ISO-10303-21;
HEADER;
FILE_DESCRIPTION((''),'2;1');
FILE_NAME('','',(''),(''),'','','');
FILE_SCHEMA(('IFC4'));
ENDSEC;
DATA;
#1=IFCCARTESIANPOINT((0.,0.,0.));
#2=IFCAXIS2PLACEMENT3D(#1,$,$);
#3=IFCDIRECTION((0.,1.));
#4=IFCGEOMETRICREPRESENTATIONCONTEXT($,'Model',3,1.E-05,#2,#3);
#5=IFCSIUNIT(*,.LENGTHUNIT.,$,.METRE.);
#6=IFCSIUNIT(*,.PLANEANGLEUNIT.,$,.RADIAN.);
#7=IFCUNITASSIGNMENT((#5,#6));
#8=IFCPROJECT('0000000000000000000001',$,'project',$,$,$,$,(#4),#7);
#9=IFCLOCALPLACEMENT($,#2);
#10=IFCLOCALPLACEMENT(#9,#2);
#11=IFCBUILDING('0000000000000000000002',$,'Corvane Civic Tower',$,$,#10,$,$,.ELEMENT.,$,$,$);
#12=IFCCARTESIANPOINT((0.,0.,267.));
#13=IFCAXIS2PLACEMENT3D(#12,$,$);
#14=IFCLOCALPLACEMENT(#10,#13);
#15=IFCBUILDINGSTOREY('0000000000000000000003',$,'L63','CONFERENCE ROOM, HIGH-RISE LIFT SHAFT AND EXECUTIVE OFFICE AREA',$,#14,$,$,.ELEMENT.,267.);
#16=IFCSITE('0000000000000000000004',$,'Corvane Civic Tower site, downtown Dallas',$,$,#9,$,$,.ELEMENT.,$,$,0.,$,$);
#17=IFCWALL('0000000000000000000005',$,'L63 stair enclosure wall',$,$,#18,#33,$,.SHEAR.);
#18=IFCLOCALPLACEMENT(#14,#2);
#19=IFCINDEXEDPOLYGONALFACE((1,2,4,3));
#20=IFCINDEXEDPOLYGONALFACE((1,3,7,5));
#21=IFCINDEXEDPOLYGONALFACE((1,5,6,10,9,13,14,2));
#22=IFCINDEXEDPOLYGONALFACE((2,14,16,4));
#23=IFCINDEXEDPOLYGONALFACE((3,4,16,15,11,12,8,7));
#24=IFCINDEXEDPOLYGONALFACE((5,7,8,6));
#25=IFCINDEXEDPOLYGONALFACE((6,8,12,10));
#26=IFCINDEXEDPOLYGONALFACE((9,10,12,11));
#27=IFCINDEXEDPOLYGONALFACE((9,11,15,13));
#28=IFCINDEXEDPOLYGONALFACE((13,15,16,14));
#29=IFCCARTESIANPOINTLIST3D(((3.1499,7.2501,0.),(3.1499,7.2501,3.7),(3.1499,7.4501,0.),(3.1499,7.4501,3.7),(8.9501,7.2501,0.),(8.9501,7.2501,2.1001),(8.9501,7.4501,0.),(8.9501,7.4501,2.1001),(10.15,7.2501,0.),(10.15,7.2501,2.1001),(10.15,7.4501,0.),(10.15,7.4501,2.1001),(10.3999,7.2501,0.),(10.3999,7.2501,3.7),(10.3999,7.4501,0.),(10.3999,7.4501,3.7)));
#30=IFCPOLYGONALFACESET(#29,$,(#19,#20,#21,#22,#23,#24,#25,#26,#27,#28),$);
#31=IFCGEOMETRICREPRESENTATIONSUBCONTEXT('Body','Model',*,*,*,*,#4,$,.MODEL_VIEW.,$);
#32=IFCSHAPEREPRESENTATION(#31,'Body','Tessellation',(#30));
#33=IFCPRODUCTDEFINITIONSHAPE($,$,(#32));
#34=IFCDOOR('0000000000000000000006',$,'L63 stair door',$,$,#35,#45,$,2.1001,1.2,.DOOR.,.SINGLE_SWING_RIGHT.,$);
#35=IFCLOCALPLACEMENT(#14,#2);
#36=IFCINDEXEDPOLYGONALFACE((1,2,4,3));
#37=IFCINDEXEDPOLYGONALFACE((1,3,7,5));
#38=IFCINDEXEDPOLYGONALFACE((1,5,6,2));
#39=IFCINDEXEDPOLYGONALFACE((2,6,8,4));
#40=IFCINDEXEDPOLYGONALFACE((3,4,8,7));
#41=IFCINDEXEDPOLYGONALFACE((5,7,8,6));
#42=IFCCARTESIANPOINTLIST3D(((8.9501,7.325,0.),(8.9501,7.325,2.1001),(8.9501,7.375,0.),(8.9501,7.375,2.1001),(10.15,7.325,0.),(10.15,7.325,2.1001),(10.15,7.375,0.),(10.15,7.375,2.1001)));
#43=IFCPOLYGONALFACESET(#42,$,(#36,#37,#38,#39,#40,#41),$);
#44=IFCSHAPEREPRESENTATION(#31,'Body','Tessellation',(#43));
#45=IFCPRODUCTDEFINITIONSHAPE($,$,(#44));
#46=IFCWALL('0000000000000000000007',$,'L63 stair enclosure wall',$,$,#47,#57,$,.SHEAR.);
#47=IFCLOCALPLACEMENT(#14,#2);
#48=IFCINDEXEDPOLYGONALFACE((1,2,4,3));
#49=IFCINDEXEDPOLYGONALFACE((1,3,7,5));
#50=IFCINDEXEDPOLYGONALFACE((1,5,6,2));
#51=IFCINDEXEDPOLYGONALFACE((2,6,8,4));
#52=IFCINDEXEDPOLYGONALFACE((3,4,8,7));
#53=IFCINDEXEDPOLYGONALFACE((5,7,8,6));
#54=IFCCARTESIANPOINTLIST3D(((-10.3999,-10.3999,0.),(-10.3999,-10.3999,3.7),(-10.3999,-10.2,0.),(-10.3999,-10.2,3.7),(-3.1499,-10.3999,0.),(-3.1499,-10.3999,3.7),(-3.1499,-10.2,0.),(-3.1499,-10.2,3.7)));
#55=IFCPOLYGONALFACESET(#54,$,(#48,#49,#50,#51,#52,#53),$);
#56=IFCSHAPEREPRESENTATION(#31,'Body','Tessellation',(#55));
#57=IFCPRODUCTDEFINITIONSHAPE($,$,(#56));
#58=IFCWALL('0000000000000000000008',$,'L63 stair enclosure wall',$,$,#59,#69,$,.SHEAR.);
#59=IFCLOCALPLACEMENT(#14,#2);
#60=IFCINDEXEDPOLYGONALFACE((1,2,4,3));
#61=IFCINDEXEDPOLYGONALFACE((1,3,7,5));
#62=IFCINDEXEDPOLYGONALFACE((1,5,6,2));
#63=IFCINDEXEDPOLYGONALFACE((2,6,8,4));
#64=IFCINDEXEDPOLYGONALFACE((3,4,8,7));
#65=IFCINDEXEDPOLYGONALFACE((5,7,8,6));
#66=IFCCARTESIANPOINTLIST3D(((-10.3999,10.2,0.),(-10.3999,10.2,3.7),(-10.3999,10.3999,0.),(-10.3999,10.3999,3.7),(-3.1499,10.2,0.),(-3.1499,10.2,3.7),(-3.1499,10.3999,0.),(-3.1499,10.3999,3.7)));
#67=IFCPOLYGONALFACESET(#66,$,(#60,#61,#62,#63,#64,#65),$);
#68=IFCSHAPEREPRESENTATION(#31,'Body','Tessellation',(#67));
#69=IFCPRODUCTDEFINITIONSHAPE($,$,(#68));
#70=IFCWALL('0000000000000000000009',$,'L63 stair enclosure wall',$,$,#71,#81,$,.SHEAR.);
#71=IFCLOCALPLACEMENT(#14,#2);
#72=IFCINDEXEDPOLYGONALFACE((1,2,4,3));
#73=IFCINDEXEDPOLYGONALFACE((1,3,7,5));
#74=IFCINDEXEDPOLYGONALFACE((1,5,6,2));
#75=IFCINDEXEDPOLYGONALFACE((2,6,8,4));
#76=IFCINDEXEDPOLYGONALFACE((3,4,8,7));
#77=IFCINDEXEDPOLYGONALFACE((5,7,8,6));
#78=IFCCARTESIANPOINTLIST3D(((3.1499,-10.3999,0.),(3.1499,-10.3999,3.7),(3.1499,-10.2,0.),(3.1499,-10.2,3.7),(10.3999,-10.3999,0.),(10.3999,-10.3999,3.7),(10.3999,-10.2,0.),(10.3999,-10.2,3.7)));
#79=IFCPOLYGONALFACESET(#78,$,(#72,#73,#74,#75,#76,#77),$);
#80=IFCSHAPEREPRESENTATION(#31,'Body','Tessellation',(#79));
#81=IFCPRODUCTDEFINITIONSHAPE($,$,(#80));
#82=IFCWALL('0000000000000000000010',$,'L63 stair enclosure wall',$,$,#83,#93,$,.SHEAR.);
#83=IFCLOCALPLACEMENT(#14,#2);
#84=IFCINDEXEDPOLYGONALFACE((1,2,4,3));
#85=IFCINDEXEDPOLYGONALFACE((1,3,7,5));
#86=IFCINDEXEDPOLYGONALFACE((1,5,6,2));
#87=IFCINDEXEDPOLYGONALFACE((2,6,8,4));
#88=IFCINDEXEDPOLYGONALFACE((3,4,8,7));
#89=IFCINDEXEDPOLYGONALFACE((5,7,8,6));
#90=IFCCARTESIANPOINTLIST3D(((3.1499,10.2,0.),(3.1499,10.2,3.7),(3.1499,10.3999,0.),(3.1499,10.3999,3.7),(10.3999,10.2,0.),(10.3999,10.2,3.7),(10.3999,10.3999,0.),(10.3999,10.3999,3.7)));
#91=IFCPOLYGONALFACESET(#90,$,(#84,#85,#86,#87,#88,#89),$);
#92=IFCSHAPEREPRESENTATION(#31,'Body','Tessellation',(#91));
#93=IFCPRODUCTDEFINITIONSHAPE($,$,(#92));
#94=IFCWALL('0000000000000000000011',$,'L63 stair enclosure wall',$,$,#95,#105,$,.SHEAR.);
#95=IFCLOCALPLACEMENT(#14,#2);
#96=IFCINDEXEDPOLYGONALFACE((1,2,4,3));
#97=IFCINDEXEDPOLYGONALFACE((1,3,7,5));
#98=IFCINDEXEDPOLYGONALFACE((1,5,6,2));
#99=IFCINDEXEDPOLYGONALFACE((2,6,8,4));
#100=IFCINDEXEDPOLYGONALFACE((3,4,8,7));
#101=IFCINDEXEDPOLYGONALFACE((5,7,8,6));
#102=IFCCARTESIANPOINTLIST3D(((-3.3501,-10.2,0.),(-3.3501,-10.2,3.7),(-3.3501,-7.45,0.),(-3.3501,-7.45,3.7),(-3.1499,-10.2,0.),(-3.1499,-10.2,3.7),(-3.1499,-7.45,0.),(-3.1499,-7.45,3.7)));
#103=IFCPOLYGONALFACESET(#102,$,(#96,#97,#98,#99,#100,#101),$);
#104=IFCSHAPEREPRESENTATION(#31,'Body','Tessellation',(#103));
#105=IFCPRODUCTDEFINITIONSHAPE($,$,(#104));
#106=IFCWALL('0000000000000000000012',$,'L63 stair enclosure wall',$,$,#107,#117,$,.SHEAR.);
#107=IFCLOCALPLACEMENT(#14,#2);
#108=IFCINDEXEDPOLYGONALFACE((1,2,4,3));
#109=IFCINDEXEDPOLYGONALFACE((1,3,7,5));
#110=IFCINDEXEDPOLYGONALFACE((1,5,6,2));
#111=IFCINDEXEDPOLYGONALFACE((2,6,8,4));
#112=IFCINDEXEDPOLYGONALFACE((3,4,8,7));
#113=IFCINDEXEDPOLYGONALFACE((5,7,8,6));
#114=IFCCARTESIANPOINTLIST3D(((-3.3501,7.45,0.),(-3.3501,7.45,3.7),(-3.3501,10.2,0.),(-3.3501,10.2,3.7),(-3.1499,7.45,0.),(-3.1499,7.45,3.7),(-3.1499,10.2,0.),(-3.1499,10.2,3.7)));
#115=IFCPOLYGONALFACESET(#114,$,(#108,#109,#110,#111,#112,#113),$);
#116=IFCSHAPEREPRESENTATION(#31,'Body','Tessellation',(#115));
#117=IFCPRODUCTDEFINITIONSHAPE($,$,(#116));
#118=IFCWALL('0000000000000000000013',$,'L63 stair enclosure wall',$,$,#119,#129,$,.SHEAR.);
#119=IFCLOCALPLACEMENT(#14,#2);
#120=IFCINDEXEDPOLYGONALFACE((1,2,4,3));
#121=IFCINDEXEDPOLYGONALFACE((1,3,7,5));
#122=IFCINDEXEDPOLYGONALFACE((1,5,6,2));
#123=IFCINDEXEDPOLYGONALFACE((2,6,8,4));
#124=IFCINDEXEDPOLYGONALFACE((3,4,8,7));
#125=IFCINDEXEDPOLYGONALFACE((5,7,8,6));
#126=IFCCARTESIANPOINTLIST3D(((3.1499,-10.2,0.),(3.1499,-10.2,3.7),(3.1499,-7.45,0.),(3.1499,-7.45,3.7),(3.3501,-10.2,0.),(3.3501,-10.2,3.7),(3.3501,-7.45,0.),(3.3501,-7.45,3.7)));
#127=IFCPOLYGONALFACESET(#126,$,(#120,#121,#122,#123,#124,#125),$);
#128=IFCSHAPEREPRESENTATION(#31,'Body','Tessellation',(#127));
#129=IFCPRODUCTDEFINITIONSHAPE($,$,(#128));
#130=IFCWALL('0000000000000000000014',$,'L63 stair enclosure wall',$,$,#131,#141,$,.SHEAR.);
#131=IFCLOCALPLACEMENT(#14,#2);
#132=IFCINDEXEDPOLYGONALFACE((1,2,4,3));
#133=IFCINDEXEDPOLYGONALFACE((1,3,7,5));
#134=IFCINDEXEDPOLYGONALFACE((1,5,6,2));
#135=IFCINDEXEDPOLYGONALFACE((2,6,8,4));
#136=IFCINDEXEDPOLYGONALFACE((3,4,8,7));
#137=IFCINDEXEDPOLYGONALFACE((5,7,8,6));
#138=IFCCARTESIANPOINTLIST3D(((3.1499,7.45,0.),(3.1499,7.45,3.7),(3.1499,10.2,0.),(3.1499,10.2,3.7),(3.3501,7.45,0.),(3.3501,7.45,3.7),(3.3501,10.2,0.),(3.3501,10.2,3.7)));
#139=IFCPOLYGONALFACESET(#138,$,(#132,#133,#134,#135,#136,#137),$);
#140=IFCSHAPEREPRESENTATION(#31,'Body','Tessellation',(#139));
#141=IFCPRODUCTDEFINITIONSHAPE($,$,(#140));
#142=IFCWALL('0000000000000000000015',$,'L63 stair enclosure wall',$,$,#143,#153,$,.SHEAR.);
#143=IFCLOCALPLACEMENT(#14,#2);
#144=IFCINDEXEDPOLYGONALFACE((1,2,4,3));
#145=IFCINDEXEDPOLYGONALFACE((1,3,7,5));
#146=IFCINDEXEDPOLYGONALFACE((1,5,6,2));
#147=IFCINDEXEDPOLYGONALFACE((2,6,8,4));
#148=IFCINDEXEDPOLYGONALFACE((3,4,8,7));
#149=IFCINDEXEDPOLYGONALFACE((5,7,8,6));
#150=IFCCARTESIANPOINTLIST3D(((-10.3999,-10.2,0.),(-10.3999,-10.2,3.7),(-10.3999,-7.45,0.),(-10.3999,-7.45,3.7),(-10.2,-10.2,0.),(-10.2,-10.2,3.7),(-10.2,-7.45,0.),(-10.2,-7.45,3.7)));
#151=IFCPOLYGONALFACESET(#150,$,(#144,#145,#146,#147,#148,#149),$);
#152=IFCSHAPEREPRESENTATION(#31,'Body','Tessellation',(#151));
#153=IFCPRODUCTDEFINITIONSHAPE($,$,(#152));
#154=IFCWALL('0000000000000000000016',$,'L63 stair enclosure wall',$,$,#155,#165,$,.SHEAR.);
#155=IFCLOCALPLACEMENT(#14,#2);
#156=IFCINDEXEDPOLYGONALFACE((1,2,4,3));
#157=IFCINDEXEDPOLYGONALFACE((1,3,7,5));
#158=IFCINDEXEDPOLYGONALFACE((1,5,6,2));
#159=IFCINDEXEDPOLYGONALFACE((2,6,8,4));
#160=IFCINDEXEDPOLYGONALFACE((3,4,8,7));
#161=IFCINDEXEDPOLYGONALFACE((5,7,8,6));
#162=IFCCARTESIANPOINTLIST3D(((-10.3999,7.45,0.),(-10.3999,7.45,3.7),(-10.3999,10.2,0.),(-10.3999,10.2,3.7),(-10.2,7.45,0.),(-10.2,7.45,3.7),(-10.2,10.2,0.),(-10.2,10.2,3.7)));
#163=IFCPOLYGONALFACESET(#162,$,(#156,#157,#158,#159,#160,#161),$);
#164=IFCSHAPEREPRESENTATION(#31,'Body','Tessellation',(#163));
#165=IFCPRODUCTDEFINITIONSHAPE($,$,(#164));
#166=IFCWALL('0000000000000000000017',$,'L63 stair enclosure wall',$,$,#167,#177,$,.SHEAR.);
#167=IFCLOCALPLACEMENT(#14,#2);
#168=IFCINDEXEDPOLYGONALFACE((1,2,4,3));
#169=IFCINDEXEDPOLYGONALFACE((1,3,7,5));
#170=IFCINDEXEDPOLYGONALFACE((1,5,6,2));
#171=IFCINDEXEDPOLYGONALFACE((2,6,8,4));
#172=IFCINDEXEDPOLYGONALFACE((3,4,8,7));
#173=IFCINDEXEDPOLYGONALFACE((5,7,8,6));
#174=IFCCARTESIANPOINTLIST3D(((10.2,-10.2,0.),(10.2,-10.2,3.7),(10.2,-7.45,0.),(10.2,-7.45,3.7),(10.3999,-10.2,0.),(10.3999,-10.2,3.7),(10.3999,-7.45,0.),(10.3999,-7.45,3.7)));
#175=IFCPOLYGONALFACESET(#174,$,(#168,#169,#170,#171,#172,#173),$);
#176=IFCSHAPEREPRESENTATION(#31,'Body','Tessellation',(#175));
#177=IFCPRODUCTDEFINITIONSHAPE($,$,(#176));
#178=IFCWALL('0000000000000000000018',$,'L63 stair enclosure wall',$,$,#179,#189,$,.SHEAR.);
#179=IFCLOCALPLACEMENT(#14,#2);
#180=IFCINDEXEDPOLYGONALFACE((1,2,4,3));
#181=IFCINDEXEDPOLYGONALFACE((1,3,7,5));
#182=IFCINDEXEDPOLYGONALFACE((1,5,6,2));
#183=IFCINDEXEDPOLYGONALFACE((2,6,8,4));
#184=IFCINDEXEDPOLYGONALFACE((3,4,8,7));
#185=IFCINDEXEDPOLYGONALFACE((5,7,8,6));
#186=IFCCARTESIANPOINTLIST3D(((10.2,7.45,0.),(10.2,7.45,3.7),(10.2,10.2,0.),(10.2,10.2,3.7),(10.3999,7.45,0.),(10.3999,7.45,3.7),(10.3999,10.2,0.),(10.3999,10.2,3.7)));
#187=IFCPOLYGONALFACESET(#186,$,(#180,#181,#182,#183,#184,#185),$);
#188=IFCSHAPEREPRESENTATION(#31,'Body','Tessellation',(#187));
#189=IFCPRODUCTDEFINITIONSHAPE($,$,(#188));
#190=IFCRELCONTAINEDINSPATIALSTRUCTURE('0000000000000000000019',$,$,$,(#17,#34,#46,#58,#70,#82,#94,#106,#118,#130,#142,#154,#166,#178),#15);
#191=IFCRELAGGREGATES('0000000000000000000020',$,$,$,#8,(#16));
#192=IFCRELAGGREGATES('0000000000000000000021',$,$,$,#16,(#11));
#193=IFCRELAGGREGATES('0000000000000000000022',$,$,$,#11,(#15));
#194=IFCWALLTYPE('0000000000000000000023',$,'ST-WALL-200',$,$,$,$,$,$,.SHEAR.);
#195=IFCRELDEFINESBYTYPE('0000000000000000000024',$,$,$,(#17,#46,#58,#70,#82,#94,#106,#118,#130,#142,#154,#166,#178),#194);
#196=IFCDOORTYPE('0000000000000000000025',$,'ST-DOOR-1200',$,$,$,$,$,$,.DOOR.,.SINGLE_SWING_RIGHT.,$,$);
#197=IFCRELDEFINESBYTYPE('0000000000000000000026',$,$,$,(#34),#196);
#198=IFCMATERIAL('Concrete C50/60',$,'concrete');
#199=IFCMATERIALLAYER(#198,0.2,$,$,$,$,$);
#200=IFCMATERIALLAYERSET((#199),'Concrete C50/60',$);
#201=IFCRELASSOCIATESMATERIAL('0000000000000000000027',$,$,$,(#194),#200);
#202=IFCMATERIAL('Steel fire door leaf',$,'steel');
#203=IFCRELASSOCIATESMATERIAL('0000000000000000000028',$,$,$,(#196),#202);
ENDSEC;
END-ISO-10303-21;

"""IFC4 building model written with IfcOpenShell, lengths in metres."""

from ifc_helpers import new_model, si_unit, direction, frame, frame_2d, origin, place, context, subcontext, project, spatial, polyline, rectangle, outline, extrude, material, layer, layer_set, type_object, element, fill, save


model = new_model("IFC4")

# Units and contexts
model_context = context("Model", 3, precision=1e-05, world=origin(), true_north=direction((0.0, 1.0)))
body_context = subcontext(model_context, "Body", "Model", "MODEL_VIEW")
ifc_project = project(units=[si_unit("LENGTHUNIT", "METRE"), si_unit("PLANEANGLEUNIT", "RADIAN")], contexts=[model_context])

# Site, building, storey
site_placement = place(None, origin())
site = spatial("IfcSite", under=ifc_project, at=site_placement, Name="Corvane Civic Tower site, downtown Dallas", CompositionType="ELEMENT", RefElevation=0.0)
building_placement = place(site_placement, origin())
building = spatial("IfcBuilding", under=site, at=building_placement, Name="Corvane Civic Tower", CompositionType="ELEMENT")
storey_placement = place(building_placement, frame((0.0, 0.0, 267.0)))
storey = spatial("IfcBuildingStorey", under=building, at=storey_placement, Name="L63", Description="CONFERENCE ROOM, HIGH-RISE LIFT SHAFT AND EXECUTIVE OFFICE AREA", CompositionType="ELEMENT", Elevation=267.0)

# Wall, opening, door
ifc_material_1 = material(Name="Concrete C50/60", Category="concrete")
ifc_layer_1 = layer(ifc_material_1, 0.2)
ifc_layer_set_1 = layer_set([ifc_layer_1], Name="Concrete C50/60")
wall_type_1 = type_object("IfcWallType", Name="ST-WALL-200", PredefinedType="SHEAR", material=ifc_layer_set_1)
wall_1_placement = place(storey_placement, frame((3.1499, 7.3501, 0.0), z_axis=(0.0, 0.0, 1.0), x_axis=(1.0, 0.0, 0.0)))
wall_1 = element("IfcWall", 1, at=wall_1_placement, inside=storey, type_object=wall_type_1, Name="L63 stair enclosure wall", PredefinedType="SHEAR", context=body_context, shape_type="SweptSolid", body=[
    extrude(rectangle(XDim=7.25, YDim=0.2, at=frame_2d((3.625, 0.0))), origin(), (0.0, 0.0, 1.0), 3.7),
])
opening_1_placement = place(wall_1_placement, frame((5.8, 0.0, 0.0)))
opening_1 = element("IfcOpeningElement", 2, at=opening_1_placement, cuts=wall_1, PredefinedType="OPENING", context=body_context, shape_type="SweptSolid", body=[
    extrude(rectangle(XDim=1.2, YDim=2.1001, at=frame_2d((0.6001, 1.05))), frame((0.0, 0.1099, 0.0), z_axis=(0.0, -1.0, 0.0), x_axis=(1.0, 0.0, 0.0)), (0.0, 0.0, 1.0), 0.22),
])
ifc_material_2 = material(Name="Steel fire door leaf", Category="steel")
door_type_1 = type_object("IfcDoorType", Name="ST-DOOR-1200", OperationType="SINGLE_SWING_RIGHT", PredefinedType="DOOR", material=ifc_material_2)
door_1_placement = place(opening_1_placement, origin())
door_1 = element("IfcDoor", 3, at=door_1_placement, inside=storey, type_object=door_type_1, Name="L63 stair door", OperationType="SINGLE_SWING_RIGHT", OverallHeight=2.1001, OverallWidth=1.2, PredefinedType="DOOR", context=body_context, shape_type="SweptSolid", body=[
    extrude(rectangle(XDim=1.2, YDim=2.1001, at=frame_2d((0.6001, 1.05))), frame((0.0, 0.0249, 0.0), z_axis=(0.0, -1.0, 0.0), x_axis=(1.0, 0.0, 0.0)), (0.0, 0.0, 1.0), 0.05),
])
fill(opening_1, door_1)

# Walls
wall_2_placement = place(storey_placement, origin())
element("IfcWall", 4, at=wall_2_placement, inside=storey, type_object=wall_type_1, Name="L63 stair enclosure wall", PredefinedType="SHEAR", context=body_context, shape_type="SweptSolid", body=[
    extrude(outline(polyline([(-3.1499, -10.2), (-3.1499, -10.3999), (-10.3999, -10.3999), (-10.3999, -10.2), (-3.1499, -10.2)])), origin(), (0.0, 0.0, 1.0), 3.7),
])
wall_3_placement = place(storey_placement, origin())
element("IfcWall", 5, at=wall_3_placement, inside=storey, type_object=wall_type_1, Name="L63 stair enclosure wall", PredefinedType="SHEAR", context=body_context, shape_type="SweptSolid", body=[
    extrude(outline(polyline([(-3.1499, 10.2), (-10.3999, 10.2), (-10.3999, 10.3999), (-3.1499, 10.3999), (-3.1499, 10.2)])), origin(), (0.0, 0.0, 1.0), 3.7),
])
wall_4_placement = place(storey_placement, origin())
element("IfcWall", 6, at=wall_4_placement, inside=storey, type_object=wall_type_1, Name="L63 stair enclosure wall", PredefinedType="SHEAR", context=body_context, shape_type="SweptSolid", body=[
    extrude(outline(polyline([(10.3999, -10.3999), (3.1499, -10.3999), (3.1499, -10.2), (10.3999, -10.2), (10.3999, -10.3999)])), origin(), (0.0, 0.0, 1.0), 3.7),
])
wall_5_placement = place(storey_placement, origin())
element("IfcWall", 7, at=wall_5_placement, inside=storey, type_object=wall_type_1, Name="L63 stair enclosure wall", PredefinedType="SHEAR", context=body_context, shape_type="SweptSolid", body=[
    extrude(outline(polyline([(10.3999, 10.2), (3.1499, 10.2), (3.1499, 10.3999), (10.3999, 10.3999), (10.3999, 10.2)])), origin(), (0.0, 0.0, 1.0), 3.7),
])
wall_6_placement = place(storey_placement, origin())
element("IfcWall", 8, at=wall_6_placement, inside=storey, type_object=wall_type_1, Name="L63 stair enclosure wall", PredefinedType="SHEAR", context=body_context, shape_type="SweptSolid", body=[
    extrude(outline(polyline([(-3.1499, -7.45), (-3.1499, -10.2), (-3.3501, -10.2), (-3.3501, -7.45), (-3.1499, -7.45)])), origin(), (0.0, 0.0, 1.0), 3.7),
])
wall_7_placement = place(storey_placement, origin())
element("IfcWall", 9, at=wall_7_placement, inside=storey, type_object=wall_type_1, Name="L63 stair enclosure wall", PredefinedType="SHEAR", context=body_context, shape_type="SweptSolid", body=[
    extrude(outline(polyline([(-3.1499, 7.45), (-3.3501, 7.45), (-3.3501, 10.2), (-3.1499, 10.2), (-3.1499, 7.45)])), origin(), (0.0, 0.0, 1.0), 3.7),
])
wall_8_placement = place(storey_placement, origin())
element("IfcWall", 10, at=wall_8_placement, inside=storey, type_object=wall_type_1, Name="L63 stair enclosure wall", PredefinedType="SHEAR", context=body_context, shape_type="SweptSolid", body=[
    extrude(outline(polyline([(3.3501, -7.45), (3.3501, -10.2), (3.1499, -10.2), (3.1499, -7.45), (3.3501, -7.45)])), origin(), (0.0, 0.0, 1.0), 3.7),
])
wall_9_placement = place(storey_placement, origin())
element("IfcWall", 11, at=wall_9_placement, inside=storey, type_object=wall_type_1, Name="L63 stair enclosure wall", PredefinedType="SHEAR", context=body_context, shape_type="SweptSolid", body=[
    extrude(outline(polyline([(3.3501, 7.45), (3.1499, 7.45), (3.1499, 10.2), (3.3501, 10.2), (3.3501, 7.45)])), origin(), (0.0, 0.0, 1.0), 3.7),
])
wall_10_placement = place(storey_placement, origin())
element("IfcWall", 12, at=wall_10_placement, inside=storey, type_object=wall_type_1, Name="L63 stair enclosure wall", PredefinedType="SHEAR", context=body_context, shape_type="SweptSolid", body=[
    extrude(outline(polyline([(-10.2, -7.45), (-10.2, -10.2), (-10.3999, -10.2), (-10.3999, -7.45), (-10.2, -7.45)])), origin(), (0.0, 0.0, 1.0), 3.7),
])
wall_11_placement = place(storey_placement, origin())
element("IfcWall", 13, at=wall_11_placement, inside=storey, type_object=wall_type_1, Name="L63 stair enclosure wall", PredefinedType="SHEAR", context=body_context, shape_type="SweptSolid", body=[
    extrude(outline(polyline([(-10.2, 7.45), (-10.3999, 7.45), (-10.3999, 10.2), (-10.2, 10.2), (-10.2, 7.45)])), origin(), (0.0, 0.0, 1.0), 3.7),
])
wall_12_placement = place(storey_placement, origin())
element("IfcWall", 14, at=wall_12_placement, inside=storey, type_object=wall_type_1, Name="L63 stair enclosure wall", PredefinedType="SHEAR", context=body_context, shape_type="SweptSolid", body=[
    extrude(outline(polyline([(10.3999, -7.45), (10.3999, -10.2), (10.2, -10.2), (10.2, -7.45), (10.3999, -7.45)])), origin(), (0.0, 0.0, 1.0), 3.7),
])
wall_13_placement = place(storey_placement, origin())
element("IfcWall", 15, at=wall_13_placement, inside=storey, type_object=wall_type_1, Name="L63 stair enclosure wall", PredefinedType="SHEAR", context=body_context, shape_type="SweptSolid", body=[
    extrude(outline(polyline([(10.3999, 7.45), (10.2, 7.45), (10.2, 10.2), (10.3999, 10.2), (10.3999, 7.45)])), origin(), (0.0, 0.0, 1.0), 3.7),
])

save(model, "model.ifc")
